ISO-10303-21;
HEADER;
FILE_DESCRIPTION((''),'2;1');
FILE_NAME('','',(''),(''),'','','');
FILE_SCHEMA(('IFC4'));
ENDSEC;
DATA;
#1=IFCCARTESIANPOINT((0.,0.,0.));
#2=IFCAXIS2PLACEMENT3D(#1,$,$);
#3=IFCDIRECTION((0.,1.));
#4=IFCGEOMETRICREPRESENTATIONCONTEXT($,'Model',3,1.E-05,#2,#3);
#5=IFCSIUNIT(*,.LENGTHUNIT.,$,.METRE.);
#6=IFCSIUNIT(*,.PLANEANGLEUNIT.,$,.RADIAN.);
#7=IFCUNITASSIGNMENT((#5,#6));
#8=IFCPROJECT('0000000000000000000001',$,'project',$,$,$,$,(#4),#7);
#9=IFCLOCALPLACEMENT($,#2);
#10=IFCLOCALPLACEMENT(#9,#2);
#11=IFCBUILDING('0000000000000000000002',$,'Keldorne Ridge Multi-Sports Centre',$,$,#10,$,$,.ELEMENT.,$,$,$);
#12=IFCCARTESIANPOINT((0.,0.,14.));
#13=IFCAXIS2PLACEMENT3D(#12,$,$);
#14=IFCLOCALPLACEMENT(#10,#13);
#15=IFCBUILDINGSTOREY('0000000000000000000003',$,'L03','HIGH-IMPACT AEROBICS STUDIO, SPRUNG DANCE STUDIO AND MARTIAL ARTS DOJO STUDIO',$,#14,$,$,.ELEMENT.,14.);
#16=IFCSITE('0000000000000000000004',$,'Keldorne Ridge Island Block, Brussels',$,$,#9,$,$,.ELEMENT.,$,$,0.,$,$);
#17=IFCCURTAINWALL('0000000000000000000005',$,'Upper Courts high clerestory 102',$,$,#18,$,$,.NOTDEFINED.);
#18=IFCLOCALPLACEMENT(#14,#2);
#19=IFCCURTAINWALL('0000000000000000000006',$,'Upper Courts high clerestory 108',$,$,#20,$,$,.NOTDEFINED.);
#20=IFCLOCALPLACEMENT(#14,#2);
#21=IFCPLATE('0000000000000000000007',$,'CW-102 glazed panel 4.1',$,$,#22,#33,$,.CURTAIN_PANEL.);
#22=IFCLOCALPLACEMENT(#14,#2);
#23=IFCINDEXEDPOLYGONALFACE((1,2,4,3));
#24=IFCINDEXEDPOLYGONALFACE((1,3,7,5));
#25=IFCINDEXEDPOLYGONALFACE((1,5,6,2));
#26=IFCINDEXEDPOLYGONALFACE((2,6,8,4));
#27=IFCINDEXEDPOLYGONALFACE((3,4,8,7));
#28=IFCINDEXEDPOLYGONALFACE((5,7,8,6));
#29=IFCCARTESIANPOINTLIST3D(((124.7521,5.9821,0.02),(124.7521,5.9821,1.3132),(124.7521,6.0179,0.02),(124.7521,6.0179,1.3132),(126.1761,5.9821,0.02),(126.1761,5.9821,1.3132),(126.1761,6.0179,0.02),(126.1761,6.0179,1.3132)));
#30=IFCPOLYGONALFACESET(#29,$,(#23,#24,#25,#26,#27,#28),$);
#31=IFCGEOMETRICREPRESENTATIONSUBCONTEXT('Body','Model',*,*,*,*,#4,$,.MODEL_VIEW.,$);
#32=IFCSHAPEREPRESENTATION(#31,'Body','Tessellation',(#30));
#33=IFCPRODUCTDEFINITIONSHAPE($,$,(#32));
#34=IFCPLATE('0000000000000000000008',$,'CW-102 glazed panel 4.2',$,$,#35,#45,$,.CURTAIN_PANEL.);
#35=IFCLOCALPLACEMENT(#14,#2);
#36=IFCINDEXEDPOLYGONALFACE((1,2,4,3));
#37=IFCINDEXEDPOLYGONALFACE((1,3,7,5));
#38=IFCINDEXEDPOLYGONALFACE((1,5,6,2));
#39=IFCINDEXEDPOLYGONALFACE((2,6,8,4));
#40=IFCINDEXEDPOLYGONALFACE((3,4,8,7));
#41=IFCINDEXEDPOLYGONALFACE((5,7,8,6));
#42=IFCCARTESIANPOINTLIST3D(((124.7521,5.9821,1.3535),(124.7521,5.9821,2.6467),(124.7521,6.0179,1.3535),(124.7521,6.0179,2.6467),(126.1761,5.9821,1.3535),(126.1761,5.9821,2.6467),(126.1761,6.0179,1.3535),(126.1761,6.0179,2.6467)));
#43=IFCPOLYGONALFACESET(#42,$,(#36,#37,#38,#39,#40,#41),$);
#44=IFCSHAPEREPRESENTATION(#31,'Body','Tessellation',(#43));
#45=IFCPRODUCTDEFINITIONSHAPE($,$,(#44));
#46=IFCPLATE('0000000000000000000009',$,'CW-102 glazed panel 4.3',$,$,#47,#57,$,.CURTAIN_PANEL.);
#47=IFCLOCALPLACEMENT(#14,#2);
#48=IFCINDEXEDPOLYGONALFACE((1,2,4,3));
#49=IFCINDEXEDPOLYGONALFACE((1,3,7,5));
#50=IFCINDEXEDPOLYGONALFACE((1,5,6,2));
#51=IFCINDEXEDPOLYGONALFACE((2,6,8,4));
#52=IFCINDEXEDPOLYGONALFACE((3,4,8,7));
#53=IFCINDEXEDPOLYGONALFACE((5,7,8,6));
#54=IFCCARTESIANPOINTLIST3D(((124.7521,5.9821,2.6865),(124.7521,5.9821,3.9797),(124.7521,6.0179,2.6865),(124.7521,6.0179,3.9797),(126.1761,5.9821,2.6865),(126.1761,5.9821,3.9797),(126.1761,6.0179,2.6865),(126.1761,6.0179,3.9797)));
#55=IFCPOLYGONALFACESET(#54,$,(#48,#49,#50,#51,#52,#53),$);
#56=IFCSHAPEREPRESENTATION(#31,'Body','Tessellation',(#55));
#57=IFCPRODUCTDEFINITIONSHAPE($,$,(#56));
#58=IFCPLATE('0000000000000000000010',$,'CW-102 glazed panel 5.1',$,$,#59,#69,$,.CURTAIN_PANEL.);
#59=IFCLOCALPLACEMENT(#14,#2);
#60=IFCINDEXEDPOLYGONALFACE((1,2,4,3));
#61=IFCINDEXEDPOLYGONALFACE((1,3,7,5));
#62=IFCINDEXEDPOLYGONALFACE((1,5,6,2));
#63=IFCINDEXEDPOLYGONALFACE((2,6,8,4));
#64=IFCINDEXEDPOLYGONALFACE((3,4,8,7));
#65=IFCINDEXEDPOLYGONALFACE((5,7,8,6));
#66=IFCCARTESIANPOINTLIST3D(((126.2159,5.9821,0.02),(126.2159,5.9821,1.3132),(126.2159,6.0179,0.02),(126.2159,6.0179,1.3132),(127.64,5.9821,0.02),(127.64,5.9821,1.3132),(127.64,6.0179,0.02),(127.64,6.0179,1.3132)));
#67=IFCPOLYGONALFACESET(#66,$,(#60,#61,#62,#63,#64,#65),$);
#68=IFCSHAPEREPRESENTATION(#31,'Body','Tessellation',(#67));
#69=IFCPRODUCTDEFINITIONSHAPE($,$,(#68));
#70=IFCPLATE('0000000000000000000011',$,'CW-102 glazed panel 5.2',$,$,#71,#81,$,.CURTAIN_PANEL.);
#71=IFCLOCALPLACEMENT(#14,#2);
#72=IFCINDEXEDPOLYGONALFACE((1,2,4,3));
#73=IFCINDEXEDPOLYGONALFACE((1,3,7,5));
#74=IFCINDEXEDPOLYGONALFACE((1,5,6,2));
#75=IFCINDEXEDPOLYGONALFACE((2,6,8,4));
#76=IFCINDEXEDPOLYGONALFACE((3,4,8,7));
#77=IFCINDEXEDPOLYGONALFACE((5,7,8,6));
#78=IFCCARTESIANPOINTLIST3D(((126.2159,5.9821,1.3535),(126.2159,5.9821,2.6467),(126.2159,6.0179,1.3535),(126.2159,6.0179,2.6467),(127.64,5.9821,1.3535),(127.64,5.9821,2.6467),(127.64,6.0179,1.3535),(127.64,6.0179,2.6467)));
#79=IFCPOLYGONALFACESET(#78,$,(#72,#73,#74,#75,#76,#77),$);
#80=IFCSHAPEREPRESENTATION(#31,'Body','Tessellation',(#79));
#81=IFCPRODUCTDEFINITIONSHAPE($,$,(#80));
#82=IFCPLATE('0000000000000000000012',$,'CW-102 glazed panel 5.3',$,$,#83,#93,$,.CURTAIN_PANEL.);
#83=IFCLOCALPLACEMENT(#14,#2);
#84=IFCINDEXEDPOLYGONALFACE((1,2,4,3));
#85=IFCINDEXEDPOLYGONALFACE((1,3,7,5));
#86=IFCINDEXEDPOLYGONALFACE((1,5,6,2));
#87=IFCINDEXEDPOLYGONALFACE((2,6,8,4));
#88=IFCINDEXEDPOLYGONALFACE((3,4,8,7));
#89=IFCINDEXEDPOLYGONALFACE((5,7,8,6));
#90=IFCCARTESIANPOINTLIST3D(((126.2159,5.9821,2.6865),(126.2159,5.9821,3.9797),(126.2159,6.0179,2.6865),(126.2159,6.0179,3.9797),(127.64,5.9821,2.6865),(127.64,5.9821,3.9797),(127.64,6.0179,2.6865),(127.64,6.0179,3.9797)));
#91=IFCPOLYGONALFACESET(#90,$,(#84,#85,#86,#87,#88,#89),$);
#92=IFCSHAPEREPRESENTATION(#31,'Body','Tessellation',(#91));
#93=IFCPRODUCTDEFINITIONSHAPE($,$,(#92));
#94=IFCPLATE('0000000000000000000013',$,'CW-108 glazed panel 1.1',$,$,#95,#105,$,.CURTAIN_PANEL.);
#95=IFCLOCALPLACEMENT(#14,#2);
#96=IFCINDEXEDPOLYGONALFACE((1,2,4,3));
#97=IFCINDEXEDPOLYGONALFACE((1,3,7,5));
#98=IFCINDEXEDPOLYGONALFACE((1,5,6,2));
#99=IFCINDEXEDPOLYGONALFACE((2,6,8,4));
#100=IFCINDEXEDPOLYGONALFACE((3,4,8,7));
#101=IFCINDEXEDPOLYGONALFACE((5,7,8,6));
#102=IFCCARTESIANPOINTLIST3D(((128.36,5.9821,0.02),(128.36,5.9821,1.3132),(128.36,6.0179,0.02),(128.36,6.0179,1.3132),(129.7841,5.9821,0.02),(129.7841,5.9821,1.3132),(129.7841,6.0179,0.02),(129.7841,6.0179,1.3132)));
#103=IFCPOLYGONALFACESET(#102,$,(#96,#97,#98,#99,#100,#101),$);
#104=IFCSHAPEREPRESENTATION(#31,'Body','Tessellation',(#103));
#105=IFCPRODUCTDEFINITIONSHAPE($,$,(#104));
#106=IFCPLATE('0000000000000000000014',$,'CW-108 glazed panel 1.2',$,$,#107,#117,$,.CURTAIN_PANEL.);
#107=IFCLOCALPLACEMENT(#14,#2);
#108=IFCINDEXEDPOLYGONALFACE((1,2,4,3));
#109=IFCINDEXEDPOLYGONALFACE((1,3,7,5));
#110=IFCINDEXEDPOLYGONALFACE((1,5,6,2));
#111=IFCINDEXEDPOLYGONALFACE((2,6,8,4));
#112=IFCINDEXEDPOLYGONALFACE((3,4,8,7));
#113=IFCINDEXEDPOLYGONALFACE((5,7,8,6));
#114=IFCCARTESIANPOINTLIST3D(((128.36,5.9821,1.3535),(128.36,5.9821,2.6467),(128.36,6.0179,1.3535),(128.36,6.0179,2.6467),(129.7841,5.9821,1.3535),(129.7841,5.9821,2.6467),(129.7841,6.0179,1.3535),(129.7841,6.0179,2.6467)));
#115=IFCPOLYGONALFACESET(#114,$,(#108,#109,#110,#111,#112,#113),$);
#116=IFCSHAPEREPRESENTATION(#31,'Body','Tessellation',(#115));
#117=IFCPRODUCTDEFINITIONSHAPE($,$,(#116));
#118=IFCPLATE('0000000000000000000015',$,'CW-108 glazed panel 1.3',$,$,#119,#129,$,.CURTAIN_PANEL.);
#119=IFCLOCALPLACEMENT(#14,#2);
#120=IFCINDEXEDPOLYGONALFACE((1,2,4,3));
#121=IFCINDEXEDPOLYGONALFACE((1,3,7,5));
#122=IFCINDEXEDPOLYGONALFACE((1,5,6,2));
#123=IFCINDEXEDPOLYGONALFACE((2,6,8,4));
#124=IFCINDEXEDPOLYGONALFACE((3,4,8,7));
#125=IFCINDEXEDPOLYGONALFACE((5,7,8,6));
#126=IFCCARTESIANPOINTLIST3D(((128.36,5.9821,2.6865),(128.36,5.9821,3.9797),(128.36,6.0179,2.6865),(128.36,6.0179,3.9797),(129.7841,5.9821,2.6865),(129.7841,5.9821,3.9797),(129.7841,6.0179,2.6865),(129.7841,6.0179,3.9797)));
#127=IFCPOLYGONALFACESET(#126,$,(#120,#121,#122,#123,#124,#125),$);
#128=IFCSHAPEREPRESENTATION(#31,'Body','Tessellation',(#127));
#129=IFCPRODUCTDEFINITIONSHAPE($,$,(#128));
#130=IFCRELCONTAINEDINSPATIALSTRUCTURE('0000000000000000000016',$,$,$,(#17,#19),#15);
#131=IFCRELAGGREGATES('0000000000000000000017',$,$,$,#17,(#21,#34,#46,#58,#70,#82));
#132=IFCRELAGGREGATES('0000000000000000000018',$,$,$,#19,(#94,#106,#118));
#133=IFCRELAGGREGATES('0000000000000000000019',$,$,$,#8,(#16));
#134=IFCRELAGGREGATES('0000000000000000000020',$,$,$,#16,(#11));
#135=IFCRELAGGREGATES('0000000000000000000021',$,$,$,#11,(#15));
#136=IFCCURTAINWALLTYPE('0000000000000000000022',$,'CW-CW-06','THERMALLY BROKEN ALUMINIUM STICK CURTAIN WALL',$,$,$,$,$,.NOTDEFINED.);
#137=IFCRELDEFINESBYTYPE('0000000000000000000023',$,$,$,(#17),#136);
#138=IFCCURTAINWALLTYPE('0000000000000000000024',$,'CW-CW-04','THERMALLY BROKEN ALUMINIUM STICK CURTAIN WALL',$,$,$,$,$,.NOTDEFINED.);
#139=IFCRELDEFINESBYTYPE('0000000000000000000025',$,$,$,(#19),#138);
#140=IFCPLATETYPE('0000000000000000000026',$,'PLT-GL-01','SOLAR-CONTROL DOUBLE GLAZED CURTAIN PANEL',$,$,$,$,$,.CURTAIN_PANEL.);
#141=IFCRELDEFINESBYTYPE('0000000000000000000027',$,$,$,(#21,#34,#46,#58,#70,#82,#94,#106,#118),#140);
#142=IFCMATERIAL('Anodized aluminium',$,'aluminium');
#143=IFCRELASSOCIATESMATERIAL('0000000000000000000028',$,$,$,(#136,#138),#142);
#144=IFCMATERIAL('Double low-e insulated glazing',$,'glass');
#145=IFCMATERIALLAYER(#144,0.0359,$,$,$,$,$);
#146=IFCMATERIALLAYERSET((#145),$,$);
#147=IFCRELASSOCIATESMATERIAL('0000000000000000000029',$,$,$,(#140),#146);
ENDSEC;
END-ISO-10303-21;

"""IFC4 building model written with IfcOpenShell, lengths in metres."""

from ifc_helpers import new_model, si_unit, direction, frame, origin, origin_2d, place, context, subcontext, project, spatial, rectangle, extrude, material, layer, layer_set, type_object, element, aggregate, save


model = new_model("IFC4")

# Units and contexts
model_context = context("Model", 3, precision=1e-05, world=origin(), true_north=direction((0.0, 1.0)))
body_context = subcontext(model_context, "Body", "Model", "MODEL_VIEW")
ifc_project = project(units=[si_unit("LENGTHUNIT", "METRE"), si_unit("PLANEANGLEUNIT", "RADIAN")], contexts=[model_context])

# Site, building, storey
site_placement = place(None, origin())
site = spatial("IfcSite", under=ifc_project, at=site_placement, Name="Keldorne Ridge Island Block, Brussels", CompositionType="ELEMENT", RefElevation=0.0)
building_placement = place(site_placement, origin())
building = spatial("IfcBuilding", under=site, at=building_placement, Name="Keldorne Ridge Multi-Sports Centre", CompositionType="ELEMENT")
storey_placement = place(building_placement, frame((0.0, 0.0, 14.0)))
storey = spatial("IfcBuildingStorey", under=building, at=storey_placement, Name="L03", Description="HIGH-IMPACT AEROBICS STUDIO, SPRUNG DANCE STUDIO AND MARTIAL ARTS DOJO STUDIO", CompositionType="ELEMENT", Elevation=14.0)

# Curtain walls
ifc_material_1 = material(Name="Anodized aluminium", Category="aluminium")
curtain_wall_type_1 = type_object("IfcCurtainWallType", Name="CW-CW-06", Description="THERMALLY BROKEN ALUMINIUM STICK CURTAIN WALL", PredefinedType="NOTDEFINED", material=ifc_material_1)
curtain_wall_1_placement = place(storey_placement, origin())
curtain_wall_1 = element("IfcCurtainWall", 1, at=curtain_wall_1_placement, inside=storey, type_object=curtain_wall_type_1, Name="Upper Courts high clerestory 102", PredefinedType="NOTDEFINED")
curtain_wall_type_2 = type_object("IfcCurtainWallType", Name="CW-CW-04", Description="THERMALLY BROKEN ALUMINIUM STICK CURTAIN WALL", PredefinedType="NOTDEFINED", material=ifc_material_1)
curtain_wall_2_placement = place(storey_placement, origin())
curtain_wall_2 = element("IfcCurtainWall", 2, at=curtain_wall_2_placement, inside=storey, type_object=curtain_wall_type_2, Name="Upper Courts high clerestory 108", PredefinedType="NOTDEFINED")

# Plates
ifc_material_2 = material(Name="Double low-e insulated glazing", Category="glass")
ifc_layer = layer(ifc_material_2, 0.0359)
ifc_layer_set = layer_set([ifc_layer])
plate_type = type_object("IfcPlateType", Name="PLT-GL-01", Description="SOLAR-CONTROL DOUBLE GLAZED CURTAIN PANEL", PredefinedType="CURTAIN_PANEL", material=ifc_layer_set)
plate_1_placement = place(storey_placement, frame((125.4641, 6.0, 0.02), z_axis=(0.0, 0.0, 1.0), x_axis=(1.0, 0.0, 0.0)))
plate_1 = element("IfcPlate", 3, at=plate_1_placement, type_object=plate_type, Name="CW-102 glazed panel 4.1", PredefinedType="CURTAIN_PANEL", context=body_context, shape_type="SweptSolid", body=[
    extrude(rectangle(XDim=1.4241, YDim=0.0359, at=origin_2d()), origin(), (0.0, 0.0, 1.0), 1.2932),
])
plate_2_placement = place(storey_placement, frame((125.4641, 6.0, 1.3535), z_axis=(0.0, 0.0, 1.0), x_axis=(1.0, 0.0, 0.0)))
plate_2 = element("IfcPlate", 4, at=plate_2_placement, type_object=plate_type, Name="CW-102 glazed panel 4.2", PredefinedType="CURTAIN_PANEL", context=body_context, shape_type="SweptSolid", body=[
    extrude(rectangle(XDim=1.4241, YDim=0.0359, at=origin_2d()), origin(), (0.0, 0.0, 1.0), 1.2932),
])
plate_3_placement = place(storey_placement, frame((125.4641, 6.0, 2.6865), z_axis=(0.0, 0.0, 1.0), x_axis=(1.0, 0.0, 0.0)))
plate_3 = element("IfcPlate", 5, at=plate_3_placement, type_object=plate_type, Name="CW-102 glazed panel 4.3", PredefinedType="CURTAIN_PANEL", context=body_context, shape_type="SweptSolid", body=[
    extrude(rectangle(XDim=1.4241, YDim=0.0359, at=origin_2d()), origin(), (0.0, 0.0, 1.0), 1.2932),
])
plate_4_placement = place(storey_placement, frame((126.928, 6.0, 0.02), z_axis=(0.0, 0.0, 1.0), x_axis=(1.0, 0.0, 0.0)))
plate_4 = element("IfcPlate", 6, at=plate_4_placement, type_object=plate_type, Name="CW-102 glazed panel 5.1", PredefinedType="CURTAIN_PANEL", context=body_context, shape_type="SweptSolid", body=[
    extrude(rectangle(XDim=1.4241, YDim=0.0359, at=origin_2d()), origin(), (0.0, 0.0, 1.0), 1.2932),
])
plate_5_placement = place(storey_placement, frame((126.928, 6.0, 1.3535), z_axis=(0.0, 0.0, 1.0), x_axis=(1.0, 0.0, 0.0)))
plate_5 = element("IfcPlate", 7, at=plate_5_placement, type_object=plate_type, Name="CW-102 glazed panel 5.2", PredefinedType="CURTAIN_PANEL", context=body_context, shape_type="SweptSolid", body=[
    extrude(rectangle(XDim=1.4241, YDim=0.0359, at=origin_2d()), origin(), (0.0, 0.0, 1.0), 1.2932),
])
plate_6_placement = place(storey_placement, frame((126.928, 6.0, 2.6865), z_axis=(0.0, 0.0, 1.0), x_axis=(1.0, 0.0, 0.0)))
plate_6 = element("IfcPlate", 8, at=plate_6_placement, type_object=plate_type, Name="CW-102 glazed panel 5.3", PredefinedType="CURTAIN_PANEL", context=body_context, shape_type="SweptSolid", body=[
    extrude(rectangle(XDim=1.4241, YDim=0.0359, at=origin_2d()), origin(), (0.0, 0.0, 1.0), 1.2932),
])
aggregate(curtain_wall_1, [plate_1, plate_2, plate_3, plate_4, plate_5, plate_6])
plate_7_placement = place(storey_placement, frame((129.072, 6.0, 0.02), z_axis=(0.0, 0.0, 1.0), x_axis=(1.0, 0.0, 0.0)))
plate_7 = element("IfcPlate", 9, at=plate_7_placement, type_object=plate_type, Name="CW-108 glazed panel 1.1", PredefinedType="CURTAIN_PANEL", context=body_context, shape_type="SweptSolid", body=[
    extrude(rectangle(XDim=1.4241, YDim=0.0359, at=origin_2d()), origin(), (0.0, 0.0, 1.0), 1.2932),
])
plate_8_placement = place(storey_placement, frame((129.072, 6.0, 1.3535), z_axis=(0.0, 0.0, 1.0), x_axis=(1.0, 0.0, 0.0)))
plate_8 = element("IfcPlate", 10, at=plate_8_placement, type_object=plate_type, Name="CW-108 glazed panel 1.2", PredefinedType="CURTAIN_PANEL", context=body_context, shape_type="SweptSolid", body=[
    extrude(rectangle(XDim=1.4241, YDim=0.0359, at=origin_2d()), origin(), (0.0, 0.0, 1.0), 1.2932),
])
plate_9_placement = place(storey_placement, frame((129.072, 6.0, 2.6865), z_axis=(0.0, 0.0, 1.0), x_axis=(1.0, 0.0, 0.0)))
plate_9 = element("IfcPlate", 11, at=plate_9_placement, type_object=plate_type, Name="CW-108 glazed panel 1.3", PredefinedType="CURTAIN_PANEL", context=body_context, shape_type="SweptSolid", body=[
    extrude(rectangle(XDim=1.4241, YDim=0.0359, at=origin_2d()), origin(), (0.0, 0.0, 1.0), 1.2932),
])
aggregate(curtain_wall_2, [plate_7, plate_8, plate_9])

save(model, "model.ifc")
